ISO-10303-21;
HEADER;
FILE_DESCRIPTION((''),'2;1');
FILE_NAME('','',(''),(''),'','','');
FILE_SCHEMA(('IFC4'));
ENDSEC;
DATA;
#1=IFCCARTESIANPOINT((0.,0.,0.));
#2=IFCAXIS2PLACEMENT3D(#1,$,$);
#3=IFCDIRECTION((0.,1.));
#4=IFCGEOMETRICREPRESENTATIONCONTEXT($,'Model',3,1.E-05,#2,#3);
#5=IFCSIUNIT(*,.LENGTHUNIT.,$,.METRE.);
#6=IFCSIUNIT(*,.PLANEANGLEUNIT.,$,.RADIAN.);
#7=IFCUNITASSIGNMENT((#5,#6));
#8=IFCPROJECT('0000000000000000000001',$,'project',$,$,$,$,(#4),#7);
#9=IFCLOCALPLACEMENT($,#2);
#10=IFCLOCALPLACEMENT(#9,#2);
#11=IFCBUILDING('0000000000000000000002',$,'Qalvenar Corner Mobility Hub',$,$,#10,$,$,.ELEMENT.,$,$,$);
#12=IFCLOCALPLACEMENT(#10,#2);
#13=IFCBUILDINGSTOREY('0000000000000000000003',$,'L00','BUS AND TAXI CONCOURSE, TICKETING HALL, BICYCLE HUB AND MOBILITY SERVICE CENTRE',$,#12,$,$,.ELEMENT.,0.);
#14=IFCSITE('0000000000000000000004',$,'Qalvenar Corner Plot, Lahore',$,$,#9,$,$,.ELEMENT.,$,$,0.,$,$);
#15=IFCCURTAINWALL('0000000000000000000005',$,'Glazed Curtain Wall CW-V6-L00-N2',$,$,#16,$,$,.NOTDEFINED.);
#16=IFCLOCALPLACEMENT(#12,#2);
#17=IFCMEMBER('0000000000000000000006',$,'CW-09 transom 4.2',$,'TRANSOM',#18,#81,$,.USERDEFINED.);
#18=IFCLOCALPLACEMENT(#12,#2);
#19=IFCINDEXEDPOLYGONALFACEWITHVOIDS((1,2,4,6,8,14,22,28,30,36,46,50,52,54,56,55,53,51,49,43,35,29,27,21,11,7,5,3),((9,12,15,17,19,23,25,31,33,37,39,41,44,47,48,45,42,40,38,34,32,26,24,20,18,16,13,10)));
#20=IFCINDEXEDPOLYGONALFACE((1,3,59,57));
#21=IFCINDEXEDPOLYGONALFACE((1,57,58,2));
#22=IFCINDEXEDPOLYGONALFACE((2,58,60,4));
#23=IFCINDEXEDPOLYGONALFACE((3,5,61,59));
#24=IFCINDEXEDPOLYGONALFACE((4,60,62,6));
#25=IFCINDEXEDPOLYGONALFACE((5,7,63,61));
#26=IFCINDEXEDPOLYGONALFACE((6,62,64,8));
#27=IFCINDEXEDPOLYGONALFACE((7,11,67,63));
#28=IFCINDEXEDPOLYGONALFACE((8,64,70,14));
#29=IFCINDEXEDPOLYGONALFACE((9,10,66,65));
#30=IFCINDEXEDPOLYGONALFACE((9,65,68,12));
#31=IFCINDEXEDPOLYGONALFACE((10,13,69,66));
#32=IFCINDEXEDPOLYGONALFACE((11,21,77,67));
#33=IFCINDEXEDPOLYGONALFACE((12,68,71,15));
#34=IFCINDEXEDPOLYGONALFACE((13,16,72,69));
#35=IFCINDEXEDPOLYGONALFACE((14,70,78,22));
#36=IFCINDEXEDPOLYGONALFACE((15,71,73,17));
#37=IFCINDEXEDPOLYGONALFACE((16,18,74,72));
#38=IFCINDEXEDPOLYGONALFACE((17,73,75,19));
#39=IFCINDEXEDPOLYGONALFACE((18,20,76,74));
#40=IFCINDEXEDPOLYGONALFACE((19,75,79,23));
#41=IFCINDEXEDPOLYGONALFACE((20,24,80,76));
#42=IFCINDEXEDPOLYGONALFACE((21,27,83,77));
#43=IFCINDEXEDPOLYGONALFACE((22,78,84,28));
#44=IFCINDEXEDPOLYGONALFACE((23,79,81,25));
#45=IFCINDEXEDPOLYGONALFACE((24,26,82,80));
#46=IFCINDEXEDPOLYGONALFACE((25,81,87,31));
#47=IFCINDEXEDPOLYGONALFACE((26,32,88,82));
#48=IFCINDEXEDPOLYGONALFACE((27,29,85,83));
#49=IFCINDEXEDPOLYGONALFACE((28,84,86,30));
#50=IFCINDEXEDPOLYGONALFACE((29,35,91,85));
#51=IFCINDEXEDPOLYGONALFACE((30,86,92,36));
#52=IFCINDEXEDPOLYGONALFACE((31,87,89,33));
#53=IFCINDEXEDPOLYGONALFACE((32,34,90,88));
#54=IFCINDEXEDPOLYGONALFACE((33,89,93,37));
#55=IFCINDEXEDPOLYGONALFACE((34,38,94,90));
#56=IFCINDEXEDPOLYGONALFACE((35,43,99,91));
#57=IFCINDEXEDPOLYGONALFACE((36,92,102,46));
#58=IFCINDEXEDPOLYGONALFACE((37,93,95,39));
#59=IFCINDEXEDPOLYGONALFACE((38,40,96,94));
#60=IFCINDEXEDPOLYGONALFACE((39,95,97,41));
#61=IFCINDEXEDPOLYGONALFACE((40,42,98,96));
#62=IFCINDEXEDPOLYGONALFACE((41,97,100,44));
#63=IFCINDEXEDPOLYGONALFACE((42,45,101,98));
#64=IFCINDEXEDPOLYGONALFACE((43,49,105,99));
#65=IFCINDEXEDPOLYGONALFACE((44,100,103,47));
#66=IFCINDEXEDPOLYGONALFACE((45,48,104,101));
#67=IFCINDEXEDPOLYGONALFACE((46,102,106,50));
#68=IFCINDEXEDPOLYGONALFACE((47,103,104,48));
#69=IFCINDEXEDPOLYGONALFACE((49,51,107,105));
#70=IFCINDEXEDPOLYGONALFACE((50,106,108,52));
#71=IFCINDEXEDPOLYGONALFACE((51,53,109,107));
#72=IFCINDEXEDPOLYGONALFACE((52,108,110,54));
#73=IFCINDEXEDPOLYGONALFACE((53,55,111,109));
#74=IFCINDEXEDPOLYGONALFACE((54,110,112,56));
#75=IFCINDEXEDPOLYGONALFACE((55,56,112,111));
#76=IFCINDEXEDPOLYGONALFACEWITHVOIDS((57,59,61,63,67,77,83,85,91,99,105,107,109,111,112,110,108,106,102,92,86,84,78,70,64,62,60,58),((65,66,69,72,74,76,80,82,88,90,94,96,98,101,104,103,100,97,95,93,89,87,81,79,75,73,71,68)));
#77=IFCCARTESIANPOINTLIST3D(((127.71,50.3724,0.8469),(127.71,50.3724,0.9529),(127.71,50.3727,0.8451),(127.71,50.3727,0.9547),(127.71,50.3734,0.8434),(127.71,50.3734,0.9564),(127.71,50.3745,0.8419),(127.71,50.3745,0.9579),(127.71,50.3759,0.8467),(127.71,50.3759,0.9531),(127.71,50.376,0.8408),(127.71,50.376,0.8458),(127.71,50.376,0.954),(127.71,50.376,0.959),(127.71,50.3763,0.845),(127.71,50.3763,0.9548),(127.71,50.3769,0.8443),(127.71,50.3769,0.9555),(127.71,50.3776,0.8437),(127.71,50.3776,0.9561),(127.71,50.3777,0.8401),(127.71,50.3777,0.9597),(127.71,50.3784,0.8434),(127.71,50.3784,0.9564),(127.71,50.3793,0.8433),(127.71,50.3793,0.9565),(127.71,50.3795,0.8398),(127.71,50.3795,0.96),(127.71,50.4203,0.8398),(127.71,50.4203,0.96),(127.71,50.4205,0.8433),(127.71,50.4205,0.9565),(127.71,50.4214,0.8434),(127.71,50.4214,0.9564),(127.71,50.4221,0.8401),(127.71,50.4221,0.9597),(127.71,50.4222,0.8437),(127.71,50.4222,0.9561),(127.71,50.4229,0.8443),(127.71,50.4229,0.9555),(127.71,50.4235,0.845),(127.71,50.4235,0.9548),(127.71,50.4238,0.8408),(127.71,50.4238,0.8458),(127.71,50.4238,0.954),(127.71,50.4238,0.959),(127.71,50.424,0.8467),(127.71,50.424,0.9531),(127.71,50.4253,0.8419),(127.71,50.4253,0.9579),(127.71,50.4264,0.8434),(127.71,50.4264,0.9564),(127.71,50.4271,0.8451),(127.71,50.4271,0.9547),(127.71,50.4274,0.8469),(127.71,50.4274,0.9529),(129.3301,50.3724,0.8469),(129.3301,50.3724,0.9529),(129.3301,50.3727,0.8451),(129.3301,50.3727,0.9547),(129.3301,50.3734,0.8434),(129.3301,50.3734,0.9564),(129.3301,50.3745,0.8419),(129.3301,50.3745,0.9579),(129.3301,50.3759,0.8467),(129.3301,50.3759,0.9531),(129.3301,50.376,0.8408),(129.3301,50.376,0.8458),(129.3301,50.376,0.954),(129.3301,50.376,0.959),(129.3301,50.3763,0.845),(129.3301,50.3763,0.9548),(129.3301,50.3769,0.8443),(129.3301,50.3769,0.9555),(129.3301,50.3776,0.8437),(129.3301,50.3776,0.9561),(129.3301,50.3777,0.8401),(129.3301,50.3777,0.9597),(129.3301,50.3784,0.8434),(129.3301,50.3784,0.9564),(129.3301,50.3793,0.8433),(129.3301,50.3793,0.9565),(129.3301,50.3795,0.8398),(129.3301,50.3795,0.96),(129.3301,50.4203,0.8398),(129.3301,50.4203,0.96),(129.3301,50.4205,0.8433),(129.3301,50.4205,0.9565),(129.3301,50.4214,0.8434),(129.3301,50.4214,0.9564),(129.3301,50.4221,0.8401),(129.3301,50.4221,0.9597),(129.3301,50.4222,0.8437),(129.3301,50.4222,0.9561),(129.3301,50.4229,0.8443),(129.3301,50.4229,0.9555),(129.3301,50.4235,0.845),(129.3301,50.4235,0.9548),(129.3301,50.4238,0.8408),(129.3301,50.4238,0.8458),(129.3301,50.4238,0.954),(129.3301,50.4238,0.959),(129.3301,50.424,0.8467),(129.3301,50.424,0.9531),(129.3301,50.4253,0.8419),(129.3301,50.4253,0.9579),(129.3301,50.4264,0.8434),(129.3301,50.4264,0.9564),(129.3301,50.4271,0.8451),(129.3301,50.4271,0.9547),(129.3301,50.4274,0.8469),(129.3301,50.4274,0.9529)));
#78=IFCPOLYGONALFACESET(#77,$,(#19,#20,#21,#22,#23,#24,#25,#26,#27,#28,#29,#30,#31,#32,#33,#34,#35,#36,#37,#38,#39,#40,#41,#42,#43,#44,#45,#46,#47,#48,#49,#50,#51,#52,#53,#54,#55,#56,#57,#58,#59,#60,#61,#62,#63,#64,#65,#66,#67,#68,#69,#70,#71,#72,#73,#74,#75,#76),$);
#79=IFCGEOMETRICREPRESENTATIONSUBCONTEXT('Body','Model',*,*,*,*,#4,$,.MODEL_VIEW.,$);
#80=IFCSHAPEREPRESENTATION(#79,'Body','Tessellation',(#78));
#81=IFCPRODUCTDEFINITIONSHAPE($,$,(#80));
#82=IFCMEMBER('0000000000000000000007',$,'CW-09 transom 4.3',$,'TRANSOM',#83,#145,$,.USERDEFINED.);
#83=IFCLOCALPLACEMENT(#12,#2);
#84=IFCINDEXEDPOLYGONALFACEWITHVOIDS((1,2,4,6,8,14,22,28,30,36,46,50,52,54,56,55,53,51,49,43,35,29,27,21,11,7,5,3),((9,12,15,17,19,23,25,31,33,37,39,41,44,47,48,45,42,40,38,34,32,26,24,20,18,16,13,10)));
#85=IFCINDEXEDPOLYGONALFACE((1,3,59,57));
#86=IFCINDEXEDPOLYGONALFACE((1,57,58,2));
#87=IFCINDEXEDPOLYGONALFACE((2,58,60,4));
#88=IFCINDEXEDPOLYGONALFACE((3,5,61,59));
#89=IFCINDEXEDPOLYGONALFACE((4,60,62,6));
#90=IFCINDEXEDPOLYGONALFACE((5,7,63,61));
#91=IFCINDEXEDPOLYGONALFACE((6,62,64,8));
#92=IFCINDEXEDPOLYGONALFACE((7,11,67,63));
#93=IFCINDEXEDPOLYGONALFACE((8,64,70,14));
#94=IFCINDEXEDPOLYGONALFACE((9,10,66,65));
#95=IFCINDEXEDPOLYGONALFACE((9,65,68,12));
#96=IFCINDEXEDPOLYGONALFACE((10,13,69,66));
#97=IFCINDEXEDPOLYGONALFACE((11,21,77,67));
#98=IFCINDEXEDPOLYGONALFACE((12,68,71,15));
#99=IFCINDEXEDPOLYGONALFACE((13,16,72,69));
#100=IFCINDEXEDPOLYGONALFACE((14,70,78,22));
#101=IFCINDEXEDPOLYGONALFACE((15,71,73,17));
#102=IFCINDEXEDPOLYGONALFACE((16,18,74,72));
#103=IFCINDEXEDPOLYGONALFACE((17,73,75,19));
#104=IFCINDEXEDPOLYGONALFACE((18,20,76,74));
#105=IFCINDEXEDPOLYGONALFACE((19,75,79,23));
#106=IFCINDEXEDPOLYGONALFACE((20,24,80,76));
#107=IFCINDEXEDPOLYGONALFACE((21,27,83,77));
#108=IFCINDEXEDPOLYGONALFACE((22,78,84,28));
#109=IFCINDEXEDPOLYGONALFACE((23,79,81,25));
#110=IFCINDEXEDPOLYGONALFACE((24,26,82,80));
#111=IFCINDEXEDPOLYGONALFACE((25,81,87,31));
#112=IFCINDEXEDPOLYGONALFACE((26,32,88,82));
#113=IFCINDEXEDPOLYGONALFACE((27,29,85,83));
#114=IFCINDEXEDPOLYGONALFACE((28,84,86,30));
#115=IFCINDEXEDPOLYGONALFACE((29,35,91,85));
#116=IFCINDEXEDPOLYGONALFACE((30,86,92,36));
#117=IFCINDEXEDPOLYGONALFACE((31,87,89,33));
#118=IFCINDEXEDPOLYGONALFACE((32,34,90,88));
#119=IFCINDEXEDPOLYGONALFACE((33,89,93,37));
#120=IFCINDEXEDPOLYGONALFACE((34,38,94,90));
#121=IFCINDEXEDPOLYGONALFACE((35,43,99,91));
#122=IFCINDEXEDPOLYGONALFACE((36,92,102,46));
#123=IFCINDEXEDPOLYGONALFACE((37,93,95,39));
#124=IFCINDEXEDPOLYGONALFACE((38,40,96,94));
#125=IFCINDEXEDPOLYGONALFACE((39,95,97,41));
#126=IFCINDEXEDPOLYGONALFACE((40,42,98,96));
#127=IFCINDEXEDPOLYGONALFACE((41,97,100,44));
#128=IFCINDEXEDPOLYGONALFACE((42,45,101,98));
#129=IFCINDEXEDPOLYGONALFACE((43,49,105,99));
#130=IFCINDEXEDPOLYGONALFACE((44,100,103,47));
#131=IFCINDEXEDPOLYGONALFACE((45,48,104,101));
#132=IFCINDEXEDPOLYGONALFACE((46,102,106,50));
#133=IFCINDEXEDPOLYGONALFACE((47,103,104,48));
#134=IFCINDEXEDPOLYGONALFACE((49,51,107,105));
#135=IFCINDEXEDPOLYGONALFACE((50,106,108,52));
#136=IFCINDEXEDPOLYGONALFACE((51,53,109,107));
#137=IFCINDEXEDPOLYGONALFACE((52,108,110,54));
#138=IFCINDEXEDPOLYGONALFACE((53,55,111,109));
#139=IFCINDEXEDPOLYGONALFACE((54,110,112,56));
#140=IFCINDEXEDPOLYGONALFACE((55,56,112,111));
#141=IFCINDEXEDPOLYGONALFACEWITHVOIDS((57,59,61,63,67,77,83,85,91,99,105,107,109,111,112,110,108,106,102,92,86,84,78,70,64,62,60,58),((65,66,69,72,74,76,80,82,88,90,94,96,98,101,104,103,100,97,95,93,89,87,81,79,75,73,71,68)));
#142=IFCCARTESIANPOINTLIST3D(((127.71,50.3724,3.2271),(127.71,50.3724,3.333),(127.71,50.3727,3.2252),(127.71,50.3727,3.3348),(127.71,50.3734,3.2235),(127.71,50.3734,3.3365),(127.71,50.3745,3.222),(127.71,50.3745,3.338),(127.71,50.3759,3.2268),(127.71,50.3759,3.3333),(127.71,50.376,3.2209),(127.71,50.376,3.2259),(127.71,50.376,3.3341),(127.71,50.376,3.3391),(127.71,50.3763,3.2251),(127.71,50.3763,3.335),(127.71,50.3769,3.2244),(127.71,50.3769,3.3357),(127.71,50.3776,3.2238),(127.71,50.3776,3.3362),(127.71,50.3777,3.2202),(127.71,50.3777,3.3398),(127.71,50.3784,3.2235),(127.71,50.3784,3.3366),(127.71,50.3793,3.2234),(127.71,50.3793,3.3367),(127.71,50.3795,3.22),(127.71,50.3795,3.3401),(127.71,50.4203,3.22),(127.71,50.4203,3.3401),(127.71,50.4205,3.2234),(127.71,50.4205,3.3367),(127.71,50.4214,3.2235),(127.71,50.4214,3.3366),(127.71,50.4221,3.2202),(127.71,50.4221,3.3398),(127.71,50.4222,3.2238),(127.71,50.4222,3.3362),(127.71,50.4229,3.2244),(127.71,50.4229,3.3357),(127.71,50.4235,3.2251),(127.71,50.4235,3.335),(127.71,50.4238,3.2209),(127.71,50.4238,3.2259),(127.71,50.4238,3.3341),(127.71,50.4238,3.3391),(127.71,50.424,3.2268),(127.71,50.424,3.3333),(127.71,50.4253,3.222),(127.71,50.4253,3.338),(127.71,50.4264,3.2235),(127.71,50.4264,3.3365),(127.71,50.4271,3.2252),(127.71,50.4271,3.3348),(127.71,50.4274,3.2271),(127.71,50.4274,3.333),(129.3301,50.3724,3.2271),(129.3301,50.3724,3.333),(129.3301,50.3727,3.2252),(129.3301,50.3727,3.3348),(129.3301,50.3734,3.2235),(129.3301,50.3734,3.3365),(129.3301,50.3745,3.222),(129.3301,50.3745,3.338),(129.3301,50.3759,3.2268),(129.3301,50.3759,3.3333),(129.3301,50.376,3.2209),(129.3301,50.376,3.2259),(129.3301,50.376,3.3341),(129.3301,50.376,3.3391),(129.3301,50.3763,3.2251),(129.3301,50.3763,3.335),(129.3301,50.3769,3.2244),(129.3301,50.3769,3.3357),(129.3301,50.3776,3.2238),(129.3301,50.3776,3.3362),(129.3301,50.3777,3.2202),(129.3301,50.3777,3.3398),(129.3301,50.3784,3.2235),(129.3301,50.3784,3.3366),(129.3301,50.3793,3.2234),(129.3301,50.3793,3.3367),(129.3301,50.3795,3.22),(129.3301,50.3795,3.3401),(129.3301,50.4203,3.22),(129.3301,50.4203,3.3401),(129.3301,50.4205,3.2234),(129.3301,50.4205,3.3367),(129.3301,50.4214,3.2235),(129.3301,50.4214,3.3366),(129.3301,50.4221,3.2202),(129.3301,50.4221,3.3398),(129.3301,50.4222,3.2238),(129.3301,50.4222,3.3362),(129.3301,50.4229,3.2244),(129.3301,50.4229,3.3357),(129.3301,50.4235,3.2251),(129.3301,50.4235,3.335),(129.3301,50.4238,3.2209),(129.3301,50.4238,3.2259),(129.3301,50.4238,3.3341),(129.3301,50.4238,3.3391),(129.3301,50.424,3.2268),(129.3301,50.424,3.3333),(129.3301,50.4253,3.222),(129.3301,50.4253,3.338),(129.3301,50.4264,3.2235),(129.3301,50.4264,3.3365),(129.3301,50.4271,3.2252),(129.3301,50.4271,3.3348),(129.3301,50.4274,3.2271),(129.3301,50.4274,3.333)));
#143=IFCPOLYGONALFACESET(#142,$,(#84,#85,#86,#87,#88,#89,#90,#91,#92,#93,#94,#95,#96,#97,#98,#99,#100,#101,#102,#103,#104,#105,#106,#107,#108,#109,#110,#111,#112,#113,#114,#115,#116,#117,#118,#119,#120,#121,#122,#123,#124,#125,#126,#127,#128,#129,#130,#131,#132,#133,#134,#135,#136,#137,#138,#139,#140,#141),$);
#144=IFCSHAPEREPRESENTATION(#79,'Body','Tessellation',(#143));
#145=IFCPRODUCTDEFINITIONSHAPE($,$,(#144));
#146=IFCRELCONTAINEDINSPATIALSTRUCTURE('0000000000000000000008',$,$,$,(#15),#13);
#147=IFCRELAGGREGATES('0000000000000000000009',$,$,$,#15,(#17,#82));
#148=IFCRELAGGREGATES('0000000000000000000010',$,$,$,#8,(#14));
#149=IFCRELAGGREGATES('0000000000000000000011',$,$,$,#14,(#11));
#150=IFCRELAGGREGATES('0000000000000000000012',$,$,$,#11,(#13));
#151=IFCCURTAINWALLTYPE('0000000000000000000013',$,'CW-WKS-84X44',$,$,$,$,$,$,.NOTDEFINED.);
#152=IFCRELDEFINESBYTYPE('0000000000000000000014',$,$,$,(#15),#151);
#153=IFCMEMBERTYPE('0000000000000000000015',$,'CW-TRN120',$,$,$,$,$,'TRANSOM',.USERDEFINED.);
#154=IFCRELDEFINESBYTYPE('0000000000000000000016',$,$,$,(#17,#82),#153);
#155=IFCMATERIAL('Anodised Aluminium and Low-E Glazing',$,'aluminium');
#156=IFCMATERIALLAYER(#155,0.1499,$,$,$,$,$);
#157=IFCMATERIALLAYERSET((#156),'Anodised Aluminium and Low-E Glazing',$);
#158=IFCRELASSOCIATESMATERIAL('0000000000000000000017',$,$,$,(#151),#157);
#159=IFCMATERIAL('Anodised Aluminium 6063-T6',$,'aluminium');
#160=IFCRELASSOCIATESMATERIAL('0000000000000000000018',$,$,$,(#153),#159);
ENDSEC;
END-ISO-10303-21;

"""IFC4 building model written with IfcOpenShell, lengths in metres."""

from ifc_helpers import new_model, si_unit, direction, frame, origin, origin_2d, place, context, subcontext, project, spatial, hollow_rectangle, extrude, material, layer, layer_set, material_profile, profile_set, type_object, element, aggregate, save


model = new_model("IFC4")

# Units and contexts
model_context = context("Model", 3, precision=1e-05, world=origin(), true_north=direction((0.0, 1.0)))
body_context = subcontext(model_context, "Body", "Model", "MODEL_VIEW")
ifc_project = project(units=[si_unit("LENGTHUNIT", "METRE"), si_unit("PLANEANGLEUNIT", "RADIAN")], contexts=[model_context])

# Site, building, storey
site_placement = place(None, origin())
site = spatial("IfcSite", under=ifc_project, at=site_placement, Name="Qalvenar Corner Plot, Lahore", CompositionType="ELEMENT", RefElevation=0.0)
building_placement = place(site_placement, origin())
building = spatial("IfcBuilding", under=site, at=building_placement, Name="Qalvenar Corner Mobility Hub", CompositionType="ELEMENT")
storey_placement = place(building_placement, origin())
storey = spatial("IfcBuildingStorey", under=building, at=storey_placement, Name="L00", Description="BUS AND TAXI CONCOURSE, TICKETING HALL, BICYCLE HUB AND MOBILITY SERVICE CENTRE", CompositionType="ELEMENT", Elevation=0.0)

# Curtain wall, members
ifc_material_1 = material(Name="Anodised Aluminium and Low-E Glazing", Category="aluminium")
ifc_layer_1 = layer(ifc_material_1, 0.1499)
ifc_layer_set_1 = layer_set([ifc_layer_1], Name="Anodised Aluminium and Low-E Glazing")
curtain_wall_type = type_object("IfcCurtainWallType", Name="CW-WKS-84X44", PredefinedType="NOTDEFINED", material=ifc_layer_set_1)
curtain_wall_placement = place(storey_placement, origin())
curtain_wall = element("IfcCurtainWall", 1, at=curtain_wall_placement, inside=storey, type_object=curtain_wall_type, Name="Glazed Curtain Wall CW-V6-L00-N2", PredefinedType="NOTDEFINED")
ifc_material_2 = material(Name="Anodised Aluminium 6063-T6", Category="aluminium")
ifc_material_profile_1 = material_profile(ifc_material_2, hollow_rectangle(XDim=0.0549, YDim=0.1201, WallThickness=0.0034, InnerFilletRadius=0.0034, OuterFilletRadius=0.0071, at=origin_2d()), Name="RHS120x55x3.5")
ifc_profile_set_1 = profile_set([ifc_material_profile_1], Name="Anodised Aluminium 6063-T6")
member_type_1 = type_object("IfcMemberType", Name="CW-TRN120", ElementType="TRANSOM", PredefinedType="USERDEFINED", material=ifc_profile_set_1)
member_1_placement = place(storey_placement, frame((129.3301, 50.3999, 0.8999), z_axis=(-1.0, 0.0, 0.0), x_axis=(0.0, -1.0, 0.0)))
member_1 = element("IfcMember", 2, at=member_1_placement, type_object=member_type_1, Name="CW-09 transom 4.2", ObjectType="TRANSOM", PredefinedType="USERDEFINED", context=body_context, shape_type="SweptSolid", body=[
    extrude(hollow_rectangle(XDim=0.0549, YDim=0.1201, WallThickness=0.0034, InnerFilletRadius=0.0034, OuterFilletRadius=0.0071, at=origin_2d()), origin(), (0.0, 0.0, 1.0), 1.6201),
])
member_2_placement = place(storey_placement, frame((129.3301, 50.3999, 3.28), z_axis=(-1.0, 0.0, 0.0), x_axis=(0.0, -1.0, 0.0)))
member_2 = element("IfcMember", 3, at=member_2_placement, type_object=member_type_1, Name="CW-09 transom 4.3", ObjectType="TRANSOM", PredefinedType="USERDEFINED", context=body_context, shape_type="SweptSolid", body=[
    extrude(hollow_rectangle(XDim=0.0549, YDim=0.1201, WallThickness=0.0034, InnerFilletRadius=0.0034, OuterFilletRadius=0.0071, at=origin_2d()), origin(), (0.0, 0.0, 1.0), 1.6201),
])
aggregate(curtain_wall, [member_1, member_2])

save(model, "model.ifc")
